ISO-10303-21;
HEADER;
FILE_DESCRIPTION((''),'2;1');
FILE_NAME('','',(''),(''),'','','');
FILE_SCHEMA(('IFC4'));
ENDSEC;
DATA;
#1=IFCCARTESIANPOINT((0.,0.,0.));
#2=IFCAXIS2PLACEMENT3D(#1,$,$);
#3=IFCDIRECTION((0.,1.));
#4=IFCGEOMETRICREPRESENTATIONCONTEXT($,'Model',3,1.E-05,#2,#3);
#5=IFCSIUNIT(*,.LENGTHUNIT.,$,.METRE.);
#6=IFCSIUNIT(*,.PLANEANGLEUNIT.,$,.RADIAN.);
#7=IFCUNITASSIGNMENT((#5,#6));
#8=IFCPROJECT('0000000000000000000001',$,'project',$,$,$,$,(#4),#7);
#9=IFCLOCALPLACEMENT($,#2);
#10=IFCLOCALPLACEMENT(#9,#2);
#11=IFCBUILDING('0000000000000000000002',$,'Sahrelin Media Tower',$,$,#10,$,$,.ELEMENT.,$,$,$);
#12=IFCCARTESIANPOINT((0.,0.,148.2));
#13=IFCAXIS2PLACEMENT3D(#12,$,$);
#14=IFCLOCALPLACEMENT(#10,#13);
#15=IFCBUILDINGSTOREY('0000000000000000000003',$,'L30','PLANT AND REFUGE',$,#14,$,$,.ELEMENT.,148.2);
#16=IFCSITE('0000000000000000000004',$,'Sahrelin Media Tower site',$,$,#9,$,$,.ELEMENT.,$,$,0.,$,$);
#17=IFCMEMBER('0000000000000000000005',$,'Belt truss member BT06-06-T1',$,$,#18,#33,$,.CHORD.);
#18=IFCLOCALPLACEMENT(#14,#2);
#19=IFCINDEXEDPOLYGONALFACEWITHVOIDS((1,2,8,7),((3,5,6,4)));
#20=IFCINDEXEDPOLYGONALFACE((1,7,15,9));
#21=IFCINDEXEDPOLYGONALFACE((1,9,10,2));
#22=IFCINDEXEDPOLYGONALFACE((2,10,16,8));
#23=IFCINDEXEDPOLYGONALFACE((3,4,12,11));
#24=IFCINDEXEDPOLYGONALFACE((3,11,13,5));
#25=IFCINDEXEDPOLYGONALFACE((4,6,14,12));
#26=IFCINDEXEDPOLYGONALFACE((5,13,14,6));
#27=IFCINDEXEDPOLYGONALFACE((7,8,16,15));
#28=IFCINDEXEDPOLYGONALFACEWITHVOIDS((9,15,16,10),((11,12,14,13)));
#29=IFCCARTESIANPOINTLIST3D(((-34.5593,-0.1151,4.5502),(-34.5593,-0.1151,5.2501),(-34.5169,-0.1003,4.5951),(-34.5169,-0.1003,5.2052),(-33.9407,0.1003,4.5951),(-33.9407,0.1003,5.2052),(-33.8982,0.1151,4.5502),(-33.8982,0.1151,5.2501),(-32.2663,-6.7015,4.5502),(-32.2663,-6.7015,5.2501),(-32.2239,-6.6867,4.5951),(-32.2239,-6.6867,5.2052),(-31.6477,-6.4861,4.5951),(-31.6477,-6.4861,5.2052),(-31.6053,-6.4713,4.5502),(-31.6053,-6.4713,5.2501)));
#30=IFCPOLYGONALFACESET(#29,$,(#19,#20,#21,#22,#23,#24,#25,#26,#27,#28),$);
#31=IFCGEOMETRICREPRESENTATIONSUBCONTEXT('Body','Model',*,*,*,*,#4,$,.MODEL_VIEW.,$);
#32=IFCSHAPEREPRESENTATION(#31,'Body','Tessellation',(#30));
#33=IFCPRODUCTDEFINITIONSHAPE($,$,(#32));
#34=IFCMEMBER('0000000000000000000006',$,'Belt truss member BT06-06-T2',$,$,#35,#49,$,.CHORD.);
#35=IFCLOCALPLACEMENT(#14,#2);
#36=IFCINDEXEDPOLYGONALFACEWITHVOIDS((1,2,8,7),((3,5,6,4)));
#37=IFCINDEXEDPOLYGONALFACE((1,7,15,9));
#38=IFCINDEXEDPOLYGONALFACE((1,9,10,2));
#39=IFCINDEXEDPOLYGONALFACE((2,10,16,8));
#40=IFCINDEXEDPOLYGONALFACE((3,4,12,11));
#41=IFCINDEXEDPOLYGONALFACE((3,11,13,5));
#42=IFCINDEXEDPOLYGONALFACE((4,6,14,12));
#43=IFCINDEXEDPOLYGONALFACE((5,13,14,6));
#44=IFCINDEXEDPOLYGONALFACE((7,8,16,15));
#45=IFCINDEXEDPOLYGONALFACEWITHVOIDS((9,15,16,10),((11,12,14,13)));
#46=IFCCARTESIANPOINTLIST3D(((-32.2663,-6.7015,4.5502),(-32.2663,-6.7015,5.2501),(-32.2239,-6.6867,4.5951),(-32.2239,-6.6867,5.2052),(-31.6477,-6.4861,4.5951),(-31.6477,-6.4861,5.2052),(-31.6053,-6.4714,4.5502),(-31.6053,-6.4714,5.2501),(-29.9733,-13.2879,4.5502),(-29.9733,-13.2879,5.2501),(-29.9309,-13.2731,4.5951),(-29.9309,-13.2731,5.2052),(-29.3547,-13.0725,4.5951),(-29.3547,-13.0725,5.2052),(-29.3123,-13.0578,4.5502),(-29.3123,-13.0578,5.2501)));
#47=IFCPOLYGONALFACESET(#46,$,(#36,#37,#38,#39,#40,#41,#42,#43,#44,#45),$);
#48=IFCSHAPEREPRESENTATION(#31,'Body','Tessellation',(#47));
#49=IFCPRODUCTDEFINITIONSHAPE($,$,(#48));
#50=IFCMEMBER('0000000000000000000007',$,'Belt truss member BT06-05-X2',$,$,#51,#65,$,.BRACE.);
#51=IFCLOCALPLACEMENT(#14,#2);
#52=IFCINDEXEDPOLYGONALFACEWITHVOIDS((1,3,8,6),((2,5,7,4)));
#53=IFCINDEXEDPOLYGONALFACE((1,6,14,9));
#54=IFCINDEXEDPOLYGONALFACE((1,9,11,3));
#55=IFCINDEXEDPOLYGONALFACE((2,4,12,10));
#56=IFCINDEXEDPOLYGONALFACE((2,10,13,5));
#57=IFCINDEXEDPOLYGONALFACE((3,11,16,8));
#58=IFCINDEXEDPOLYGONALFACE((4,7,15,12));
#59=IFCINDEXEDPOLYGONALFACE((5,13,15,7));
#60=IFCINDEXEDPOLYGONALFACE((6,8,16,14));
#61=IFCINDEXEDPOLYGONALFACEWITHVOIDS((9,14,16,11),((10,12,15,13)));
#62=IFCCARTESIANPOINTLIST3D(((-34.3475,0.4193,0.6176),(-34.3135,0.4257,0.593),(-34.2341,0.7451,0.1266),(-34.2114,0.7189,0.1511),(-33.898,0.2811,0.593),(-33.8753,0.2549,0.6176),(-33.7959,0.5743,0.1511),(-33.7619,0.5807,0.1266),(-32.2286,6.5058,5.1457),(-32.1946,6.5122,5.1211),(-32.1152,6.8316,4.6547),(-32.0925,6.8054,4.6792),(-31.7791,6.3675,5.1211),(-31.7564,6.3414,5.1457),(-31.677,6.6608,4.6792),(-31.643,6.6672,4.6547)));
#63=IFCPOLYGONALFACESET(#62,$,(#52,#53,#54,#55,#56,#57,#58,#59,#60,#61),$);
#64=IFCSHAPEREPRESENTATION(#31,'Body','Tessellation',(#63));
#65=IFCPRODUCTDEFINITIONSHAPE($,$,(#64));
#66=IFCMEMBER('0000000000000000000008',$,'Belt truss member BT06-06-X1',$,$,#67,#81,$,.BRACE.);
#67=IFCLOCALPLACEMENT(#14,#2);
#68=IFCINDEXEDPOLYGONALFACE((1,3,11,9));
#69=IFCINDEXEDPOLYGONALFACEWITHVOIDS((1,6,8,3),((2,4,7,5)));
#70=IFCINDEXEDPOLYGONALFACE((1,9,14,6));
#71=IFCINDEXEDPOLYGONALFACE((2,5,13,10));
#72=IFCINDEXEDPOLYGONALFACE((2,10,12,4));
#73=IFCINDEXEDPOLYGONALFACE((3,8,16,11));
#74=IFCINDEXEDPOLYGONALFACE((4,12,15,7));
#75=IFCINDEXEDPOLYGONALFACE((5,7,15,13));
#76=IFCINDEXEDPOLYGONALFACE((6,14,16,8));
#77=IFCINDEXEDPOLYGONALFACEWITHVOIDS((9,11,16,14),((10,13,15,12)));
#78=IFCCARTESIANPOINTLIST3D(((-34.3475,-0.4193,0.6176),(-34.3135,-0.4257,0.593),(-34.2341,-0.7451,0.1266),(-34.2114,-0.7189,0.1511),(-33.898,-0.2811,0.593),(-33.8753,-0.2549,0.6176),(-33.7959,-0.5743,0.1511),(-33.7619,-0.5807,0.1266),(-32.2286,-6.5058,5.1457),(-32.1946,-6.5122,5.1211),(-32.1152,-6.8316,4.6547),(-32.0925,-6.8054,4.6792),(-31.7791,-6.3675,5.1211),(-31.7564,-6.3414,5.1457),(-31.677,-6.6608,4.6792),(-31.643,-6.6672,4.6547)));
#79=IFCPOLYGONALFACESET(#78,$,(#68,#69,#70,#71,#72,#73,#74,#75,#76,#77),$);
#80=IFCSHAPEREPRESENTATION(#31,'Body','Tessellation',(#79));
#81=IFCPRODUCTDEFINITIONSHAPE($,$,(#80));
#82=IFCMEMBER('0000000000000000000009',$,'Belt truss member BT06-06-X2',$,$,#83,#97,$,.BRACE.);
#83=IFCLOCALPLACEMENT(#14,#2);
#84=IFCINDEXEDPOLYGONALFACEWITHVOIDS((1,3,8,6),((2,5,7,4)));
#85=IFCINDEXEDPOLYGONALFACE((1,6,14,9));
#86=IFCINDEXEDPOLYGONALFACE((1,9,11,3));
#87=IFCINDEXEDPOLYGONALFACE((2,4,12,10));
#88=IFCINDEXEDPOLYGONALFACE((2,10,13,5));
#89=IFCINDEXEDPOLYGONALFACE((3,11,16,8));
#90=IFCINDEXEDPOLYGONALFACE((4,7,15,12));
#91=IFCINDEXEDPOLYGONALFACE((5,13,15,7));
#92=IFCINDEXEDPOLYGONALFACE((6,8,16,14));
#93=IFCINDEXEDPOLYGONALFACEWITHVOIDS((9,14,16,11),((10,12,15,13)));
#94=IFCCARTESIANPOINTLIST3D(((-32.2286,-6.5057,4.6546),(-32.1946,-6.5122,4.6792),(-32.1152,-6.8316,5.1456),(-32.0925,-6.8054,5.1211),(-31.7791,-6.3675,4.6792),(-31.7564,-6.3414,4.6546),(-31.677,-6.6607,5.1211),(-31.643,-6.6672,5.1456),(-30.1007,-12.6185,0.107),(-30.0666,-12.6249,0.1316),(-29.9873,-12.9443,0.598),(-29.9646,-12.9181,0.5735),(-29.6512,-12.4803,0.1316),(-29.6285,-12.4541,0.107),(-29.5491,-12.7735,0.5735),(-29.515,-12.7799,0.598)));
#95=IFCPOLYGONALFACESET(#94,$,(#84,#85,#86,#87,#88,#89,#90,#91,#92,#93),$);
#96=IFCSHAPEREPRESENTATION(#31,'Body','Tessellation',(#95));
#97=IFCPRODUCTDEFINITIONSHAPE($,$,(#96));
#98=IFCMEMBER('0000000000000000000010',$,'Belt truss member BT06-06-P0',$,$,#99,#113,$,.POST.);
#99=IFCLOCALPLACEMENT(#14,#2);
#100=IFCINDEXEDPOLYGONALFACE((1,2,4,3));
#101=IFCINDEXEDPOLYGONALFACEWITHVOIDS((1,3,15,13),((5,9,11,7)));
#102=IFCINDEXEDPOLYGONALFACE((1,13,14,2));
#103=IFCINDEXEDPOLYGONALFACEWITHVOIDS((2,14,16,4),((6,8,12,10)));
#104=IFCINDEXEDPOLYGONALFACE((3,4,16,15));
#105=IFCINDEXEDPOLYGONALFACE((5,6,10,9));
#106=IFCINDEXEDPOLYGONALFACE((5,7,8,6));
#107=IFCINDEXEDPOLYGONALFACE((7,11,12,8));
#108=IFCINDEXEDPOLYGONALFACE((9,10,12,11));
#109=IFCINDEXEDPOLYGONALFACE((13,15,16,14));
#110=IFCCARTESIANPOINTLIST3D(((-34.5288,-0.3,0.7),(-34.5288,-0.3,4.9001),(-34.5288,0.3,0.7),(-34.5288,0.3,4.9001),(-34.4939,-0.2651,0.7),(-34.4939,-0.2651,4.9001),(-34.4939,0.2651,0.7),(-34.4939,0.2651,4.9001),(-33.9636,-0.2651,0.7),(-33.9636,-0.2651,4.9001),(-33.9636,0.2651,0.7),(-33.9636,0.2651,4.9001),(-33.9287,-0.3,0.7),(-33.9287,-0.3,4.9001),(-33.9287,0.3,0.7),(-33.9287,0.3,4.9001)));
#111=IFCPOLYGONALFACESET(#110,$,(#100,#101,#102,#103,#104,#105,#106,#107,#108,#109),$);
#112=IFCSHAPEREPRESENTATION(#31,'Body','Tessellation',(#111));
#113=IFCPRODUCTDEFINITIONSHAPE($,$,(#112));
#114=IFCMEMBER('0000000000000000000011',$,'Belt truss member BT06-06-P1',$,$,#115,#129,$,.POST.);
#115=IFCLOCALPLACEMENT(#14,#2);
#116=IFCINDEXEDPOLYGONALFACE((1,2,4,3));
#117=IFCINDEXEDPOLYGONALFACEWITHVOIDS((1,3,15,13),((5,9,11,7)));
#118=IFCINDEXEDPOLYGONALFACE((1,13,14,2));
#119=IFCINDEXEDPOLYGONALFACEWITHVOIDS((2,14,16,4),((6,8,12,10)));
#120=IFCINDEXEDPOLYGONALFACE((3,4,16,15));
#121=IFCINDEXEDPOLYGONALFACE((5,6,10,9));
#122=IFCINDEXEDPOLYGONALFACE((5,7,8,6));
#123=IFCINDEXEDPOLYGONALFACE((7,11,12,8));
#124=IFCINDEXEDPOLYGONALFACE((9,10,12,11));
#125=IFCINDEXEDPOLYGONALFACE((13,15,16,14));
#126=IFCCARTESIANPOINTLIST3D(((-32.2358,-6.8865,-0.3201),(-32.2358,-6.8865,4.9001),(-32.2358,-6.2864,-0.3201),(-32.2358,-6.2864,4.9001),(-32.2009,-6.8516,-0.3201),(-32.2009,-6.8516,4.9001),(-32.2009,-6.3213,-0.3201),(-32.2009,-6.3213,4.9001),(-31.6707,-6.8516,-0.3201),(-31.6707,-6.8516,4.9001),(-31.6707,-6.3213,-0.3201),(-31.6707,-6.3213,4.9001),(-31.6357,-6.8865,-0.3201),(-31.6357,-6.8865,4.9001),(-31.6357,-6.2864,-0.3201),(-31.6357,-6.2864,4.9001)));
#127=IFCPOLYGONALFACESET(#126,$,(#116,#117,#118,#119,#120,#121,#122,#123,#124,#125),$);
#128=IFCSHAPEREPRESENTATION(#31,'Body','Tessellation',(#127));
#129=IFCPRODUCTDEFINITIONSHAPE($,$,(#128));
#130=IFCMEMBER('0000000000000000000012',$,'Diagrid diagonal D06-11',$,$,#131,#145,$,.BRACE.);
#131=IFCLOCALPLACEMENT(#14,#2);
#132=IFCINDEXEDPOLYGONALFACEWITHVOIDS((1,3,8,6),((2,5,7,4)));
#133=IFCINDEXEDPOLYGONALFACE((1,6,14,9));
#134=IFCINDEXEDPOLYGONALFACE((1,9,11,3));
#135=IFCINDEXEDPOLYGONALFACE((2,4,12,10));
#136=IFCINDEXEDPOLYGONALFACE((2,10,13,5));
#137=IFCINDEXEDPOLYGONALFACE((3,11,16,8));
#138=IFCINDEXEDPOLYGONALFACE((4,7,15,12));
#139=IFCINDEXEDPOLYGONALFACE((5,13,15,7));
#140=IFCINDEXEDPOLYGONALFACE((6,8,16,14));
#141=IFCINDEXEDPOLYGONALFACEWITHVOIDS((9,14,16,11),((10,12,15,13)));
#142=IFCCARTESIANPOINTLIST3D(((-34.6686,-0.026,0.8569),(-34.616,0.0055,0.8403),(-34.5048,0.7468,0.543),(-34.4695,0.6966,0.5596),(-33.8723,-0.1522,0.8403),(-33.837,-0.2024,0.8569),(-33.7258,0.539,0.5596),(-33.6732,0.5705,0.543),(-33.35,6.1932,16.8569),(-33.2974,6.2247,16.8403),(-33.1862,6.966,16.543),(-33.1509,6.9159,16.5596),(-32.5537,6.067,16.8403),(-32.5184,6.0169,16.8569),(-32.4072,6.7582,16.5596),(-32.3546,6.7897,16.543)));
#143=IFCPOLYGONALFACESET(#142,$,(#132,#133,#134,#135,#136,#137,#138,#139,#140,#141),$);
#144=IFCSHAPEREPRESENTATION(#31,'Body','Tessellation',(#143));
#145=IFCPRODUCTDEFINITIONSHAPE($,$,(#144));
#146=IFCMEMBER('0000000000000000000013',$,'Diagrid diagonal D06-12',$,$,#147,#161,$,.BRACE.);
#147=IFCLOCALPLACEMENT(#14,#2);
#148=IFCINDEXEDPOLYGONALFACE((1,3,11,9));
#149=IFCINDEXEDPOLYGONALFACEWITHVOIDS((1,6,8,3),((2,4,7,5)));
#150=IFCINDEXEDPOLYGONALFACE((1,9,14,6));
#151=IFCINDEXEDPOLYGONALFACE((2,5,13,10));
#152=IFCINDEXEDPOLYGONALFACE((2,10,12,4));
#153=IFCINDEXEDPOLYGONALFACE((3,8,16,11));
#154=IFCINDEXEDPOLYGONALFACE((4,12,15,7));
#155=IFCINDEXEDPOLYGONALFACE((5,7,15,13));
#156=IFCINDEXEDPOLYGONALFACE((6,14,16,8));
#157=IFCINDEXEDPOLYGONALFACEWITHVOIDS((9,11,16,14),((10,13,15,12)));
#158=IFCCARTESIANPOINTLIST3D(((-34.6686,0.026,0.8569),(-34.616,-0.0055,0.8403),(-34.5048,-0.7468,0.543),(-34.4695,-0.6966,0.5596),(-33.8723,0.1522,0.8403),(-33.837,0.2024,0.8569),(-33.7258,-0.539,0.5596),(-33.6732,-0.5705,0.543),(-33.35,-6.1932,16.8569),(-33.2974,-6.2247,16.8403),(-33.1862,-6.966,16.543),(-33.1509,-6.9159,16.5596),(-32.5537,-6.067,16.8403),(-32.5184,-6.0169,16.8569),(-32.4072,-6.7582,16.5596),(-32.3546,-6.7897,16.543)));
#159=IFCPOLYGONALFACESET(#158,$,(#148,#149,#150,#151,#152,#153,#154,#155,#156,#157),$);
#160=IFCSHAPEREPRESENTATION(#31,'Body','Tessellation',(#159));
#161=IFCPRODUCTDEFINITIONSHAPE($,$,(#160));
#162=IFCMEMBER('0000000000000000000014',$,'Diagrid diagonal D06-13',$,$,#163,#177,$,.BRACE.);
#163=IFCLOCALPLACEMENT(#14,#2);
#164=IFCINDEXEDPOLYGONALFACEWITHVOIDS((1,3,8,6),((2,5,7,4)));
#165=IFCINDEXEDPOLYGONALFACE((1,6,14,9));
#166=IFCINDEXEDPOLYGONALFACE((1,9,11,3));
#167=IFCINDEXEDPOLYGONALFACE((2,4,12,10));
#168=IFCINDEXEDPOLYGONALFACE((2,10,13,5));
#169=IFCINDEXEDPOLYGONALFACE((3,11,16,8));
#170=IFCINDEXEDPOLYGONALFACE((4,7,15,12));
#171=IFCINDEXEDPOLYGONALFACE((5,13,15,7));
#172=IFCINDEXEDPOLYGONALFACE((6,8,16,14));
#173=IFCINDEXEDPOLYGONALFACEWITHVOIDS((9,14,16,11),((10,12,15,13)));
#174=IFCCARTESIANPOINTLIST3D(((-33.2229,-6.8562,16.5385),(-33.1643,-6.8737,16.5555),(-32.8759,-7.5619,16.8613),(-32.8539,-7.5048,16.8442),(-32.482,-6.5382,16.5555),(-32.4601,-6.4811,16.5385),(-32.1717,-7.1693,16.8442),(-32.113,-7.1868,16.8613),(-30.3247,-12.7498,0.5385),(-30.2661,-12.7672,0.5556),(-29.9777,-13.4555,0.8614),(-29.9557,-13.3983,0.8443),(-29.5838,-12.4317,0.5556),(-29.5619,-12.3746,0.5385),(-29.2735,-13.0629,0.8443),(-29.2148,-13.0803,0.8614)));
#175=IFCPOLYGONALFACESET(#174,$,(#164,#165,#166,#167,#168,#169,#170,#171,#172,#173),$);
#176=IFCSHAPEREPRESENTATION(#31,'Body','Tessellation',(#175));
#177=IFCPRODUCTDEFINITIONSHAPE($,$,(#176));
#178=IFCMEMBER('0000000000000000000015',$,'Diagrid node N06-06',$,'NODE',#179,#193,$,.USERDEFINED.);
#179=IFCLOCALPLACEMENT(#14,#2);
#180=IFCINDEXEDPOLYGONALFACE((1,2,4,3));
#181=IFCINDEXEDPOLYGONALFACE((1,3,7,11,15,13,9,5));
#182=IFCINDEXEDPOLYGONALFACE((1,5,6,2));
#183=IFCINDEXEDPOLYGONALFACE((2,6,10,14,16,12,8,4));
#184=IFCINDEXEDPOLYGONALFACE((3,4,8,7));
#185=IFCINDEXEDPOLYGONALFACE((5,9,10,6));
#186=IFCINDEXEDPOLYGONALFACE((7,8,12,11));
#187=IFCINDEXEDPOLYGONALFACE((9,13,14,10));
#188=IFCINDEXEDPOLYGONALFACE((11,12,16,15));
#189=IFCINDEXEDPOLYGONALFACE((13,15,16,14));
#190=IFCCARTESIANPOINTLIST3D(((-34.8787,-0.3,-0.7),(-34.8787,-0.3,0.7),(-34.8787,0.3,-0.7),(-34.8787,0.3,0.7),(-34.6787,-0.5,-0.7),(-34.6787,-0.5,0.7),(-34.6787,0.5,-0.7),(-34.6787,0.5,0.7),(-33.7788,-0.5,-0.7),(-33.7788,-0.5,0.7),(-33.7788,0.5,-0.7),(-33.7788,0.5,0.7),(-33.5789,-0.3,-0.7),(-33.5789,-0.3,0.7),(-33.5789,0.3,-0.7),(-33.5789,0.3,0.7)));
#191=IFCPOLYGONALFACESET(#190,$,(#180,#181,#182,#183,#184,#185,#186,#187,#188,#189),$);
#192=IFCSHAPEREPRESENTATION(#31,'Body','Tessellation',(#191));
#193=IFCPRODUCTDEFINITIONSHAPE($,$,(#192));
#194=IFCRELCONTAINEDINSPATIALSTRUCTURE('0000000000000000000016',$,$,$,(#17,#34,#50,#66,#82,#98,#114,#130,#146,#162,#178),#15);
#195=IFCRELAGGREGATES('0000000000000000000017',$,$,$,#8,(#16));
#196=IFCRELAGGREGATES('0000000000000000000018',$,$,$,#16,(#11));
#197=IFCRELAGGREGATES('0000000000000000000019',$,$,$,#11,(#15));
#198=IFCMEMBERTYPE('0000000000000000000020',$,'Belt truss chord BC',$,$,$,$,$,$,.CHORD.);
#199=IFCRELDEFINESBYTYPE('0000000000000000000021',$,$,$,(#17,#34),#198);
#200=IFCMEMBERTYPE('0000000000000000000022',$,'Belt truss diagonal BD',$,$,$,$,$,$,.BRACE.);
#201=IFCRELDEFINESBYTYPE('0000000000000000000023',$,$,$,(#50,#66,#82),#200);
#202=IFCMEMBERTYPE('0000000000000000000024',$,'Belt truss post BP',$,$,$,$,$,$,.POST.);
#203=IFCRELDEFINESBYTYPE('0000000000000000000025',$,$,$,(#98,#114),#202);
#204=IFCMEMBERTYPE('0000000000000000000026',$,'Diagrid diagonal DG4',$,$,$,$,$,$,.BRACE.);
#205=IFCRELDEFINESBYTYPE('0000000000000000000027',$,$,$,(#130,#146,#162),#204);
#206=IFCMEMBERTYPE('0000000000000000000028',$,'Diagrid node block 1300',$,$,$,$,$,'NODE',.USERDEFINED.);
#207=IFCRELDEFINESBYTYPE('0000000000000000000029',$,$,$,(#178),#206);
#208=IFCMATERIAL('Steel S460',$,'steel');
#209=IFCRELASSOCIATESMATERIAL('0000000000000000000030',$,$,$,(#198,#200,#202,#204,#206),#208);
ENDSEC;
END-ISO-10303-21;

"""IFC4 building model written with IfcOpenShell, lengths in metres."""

from ifc_helpers import new_model, si_unit, direction, frame, origin, origin_2d, place, context, subcontext, project, spatial, polyline, hollow_rectangle, outline, extrude, material, material_profile, profile_set, type_object, element, save


model = new_model("IFC4")

# Units and contexts
model_context = context("Model", 3, precision=1e-05, world=origin(), true_north=direction((0.0, 1.0)))
body_context = subcontext(model_context, "Body", "Model", "MODEL_VIEW")
ifc_project = project(units=[si_unit("LENGTHUNIT", "METRE"), si_unit("PLANEANGLEUNIT", "RADIAN")], contexts=[model_context])

# Site, building, storey
site_placement = place(None, origin())
site = spatial("IfcSite", under=ifc_project, at=site_placement, Name="Sahrelin Media Tower site", CompositionType="ELEMENT", RefElevation=0.0)
building_placement = place(site_placement, origin())
building = spatial("IfcBuilding", under=site, at=building_placement, Name="Sahrelin Media Tower", CompositionType="ELEMENT")
storey_placement = place(building_placement, frame((0.0, 0.0, 148.2)))
storey = spatial("IfcBuildingStorey", under=building, at=storey_placement, Name="L30", Description="PLANT AND REFUGE", CompositionType="ELEMENT", Elevation=148.2)

# Members
ifc_material_1 = material(Name="Steel S460", Category="steel")
ifc_material_profile_1 = material_profile(ifc_material_1, hollow_rectangle(XDim=0.7, YDim=0.7, WallThickness=0.0449, at=origin_2d()), Name="Belt truss chord BC")
ifc_profile_set_1 = profile_set([ifc_material_profile_1], Name="Steel S460")
member_type_1 = type_object("IfcMemberType", Name="Belt truss chord BC", PredefinedType="CHORD", material=ifc_profile_set_1)
for number, where, z_axis, x_axis, name in (
    (1, (-34.2288, 0.0, 4.9001), (0.328781, -0.944406, 0.0), (0.944406, 0.328781, 0.0), "Belt truss member BT06-06-T1"),
    (2, (-31.9358, -6.5864, 4.9001), (0.328781, -0.944406, 0.0), (0.944406, 0.328781, 0.0), "Belt truss member BT06-06-T2"),
):
    element("IfcMember", number, at=place(storey_placement, frame(where, z_axis=z_axis, x_axis=x_axis)), inside=storey, type_object=member_type_1, Name=name, PredefinedType="CHORD", context=body_context, shape_type="SweptSolid", body=[
        extrude(hollow_rectangle(XDim=0.7, YDim=0.7, WallThickness=0.0449, at=origin_2d()), origin(), (0.0, 0.0, 1.0), 6.9741),
    ])
ifc_material_profile_2 = material_profile(ifc_material_1, hollow_rectangle(XDim=0.5, YDim=0.6001, WallThickness=0.03, at=origin_2d()), Name="Belt truss diagonal BD")
ifc_profile_set_2 = profile_set([ifc_material_profile_2], Name="Steel S460")
member_type_2 = type_object("IfcMemberType", Name="Belt truss diagonal BD", PredefinedType="BRACE", material=ifc_profile_set_2)
for number, where, z_axis, x_axis, name in (
    (3, (-34.0547, 0.5, 0.3721), (0.269018, 0.772741, 0.574891), (-0.944406, 0.328781, 0.0), "Belt truss member BT06-05-X2"),
    (4, (-34.0547, -0.5, 0.3721), (0.269018, -0.772741, 0.574891), (0.944406, 0.328781, 0.0), "Belt truss member BT06-06-X1"),
):
    element("IfcMember", number, at=place(storey_placement, frame(where, z_axis=z_axis, x_axis=x_axis)), inside=storey, type_object=member_type_2, Name=name, PredefinedType="BRACE", context=body_context, shape_type="SweptSolid", body=[
        extrude(hollow_rectangle(XDim=0.5, YDim=0.6001, WallThickness=0.03, at=origin_2d()), origin(), (0.0, 0.0, 1.0), 7.8765),
    ])
member_1_placement = place(storey_placement, frame((-29.8079, -12.6992, 0.3525), z_axis=(-0.269003, 0.77275, 0.574887), x_axis=(-0.944413, -0.328761, 0.0)))
element("IfcMember", 5, at=member_1_placement, inside=storey, type_object=member_type_2, Name="Belt truss member BT06-06-X2", PredefinedType="BRACE", context=body_context, shape_type="SweptSolid", body=[
    extrude(hollow_rectangle(XDim=0.5, YDim=0.6001, WallThickness=0.03, at=origin_2d()), origin(), (0.0, 0.0, 1.0), 7.9104),
])
ifc_material_profile_3 = material_profile(ifc_material_1, hollow_rectangle(XDim=0.6001, YDim=0.6001, WallThickness=0.0349, at=origin_2d()), Name="Belt truss post BP")
ifc_profile_set_3 = profile_set([ifc_material_profile_3], Name="Steel S460")
member_type_3 = type_object("IfcMemberType", Name="Belt truss post BP", PredefinedType="POST", material=ifc_profile_set_3)
member_2_placement = place(storey_placement, frame((-34.2288, 0.0, 0.7), z_axis=(0.0, 0.0, 1.0), x_axis=(1.0, 0.0, 0.0)))
element("IfcMember", 6, at=member_2_placement, inside=storey, type_object=member_type_3, Name="Belt truss member BT06-06-P0", PredefinedType="POST", context=body_context, shape_type="SweptSolid", body=[
    extrude(hollow_rectangle(XDim=0.6001, YDim=0.6001, WallThickness=0.0349, at=origin_2d()), origin(), (0.0, 0.0, 1.0), 4.2002),
])
member_3_placement = place(storey_placement, frame((-31.9358, -6.5864, -0.3201), z_axis=(0.0, 0.0, 1.0), x_axis=(1.0, 0.0, 0.0)))
element("IfcMember", 7, at=member_3_placement, inside=storey, type_object=member_type_3, Name="Belt truss member BT06-06-P1", PredefinedType="POST", context=body_context, shape_type="SweptSolid", body=[
    extrude(hollow_rectangle(XDim=0.6001, YDim=0.6001, WallThickness=0.0349, at=origin_2d()), origin(), (0.0, 0.0, 1.0), 5.2202),
])
ifc_material_profile_4 = material_profile(ifc_material_1, hollow_rectangle(XDim=0.8501, YDim=0.8501, WallThickness=0.0449, at=origin_2d()), Name="Diagrid diagonal DG4")
ifc_profile_set_4 = profile_set([ifc_material_profile_4], Name="Steel S460")
member_type_4 = type_object("IfcMemberType", Name="Diagrid diagonal DG4", PredefinedType="BRACE", material=ifc_profile_set_4)
for number, where, z_axis, x_axis, name in (
    (8, (-34.1709, 0.2722, 0.7), (0.076588, 0.361231, 0.929326), (-0.978254, 0.20741, 0.0), "Diagrid diagonal D06-11"),
    (9, (-34.1709, -0.2722, 0.7), (0.076588, -0.361231, 0.929326), (0.978254, 0.20741, 0.0), "Diagrid diagonal D06-12"),
):
    element("IfcMember", number, at=place(storey_placement, frame(where, z_axis=z_axis, x_axis=x_axis)), inside=storey, type_object=member_type_4, Name=name, PredefinedType="BRACE", context=body_context, shape_type="SweptSolid", body=[
        extrude(hollow_rectangle(XDim=0.8501, YDim=0.8501, WallThickness=0.0449, at=origin_2d()), origin(), (0.0, 0.0, 1.0), 17.2168),
    ])
member_4_placement = place(storey_placement, frame((-29.7698, -12.915, 0.7), z_axis=(-0.167569, 0.340757, 0.925097), x_axis=(-0.897367, -0.441286, 0.0)))
element("IfcMember", 10, at=member_4_placement, inside=storey, type_object=member_type_4, Name="Diagrid diagonal D06-13", PredefinedType="BRACE", context=body_context, shape_type="SweptSolid", body=[
    extrude(hollow_rectangle(XDim=0.8501, YDim=0.8501, WallThickness=0.0449, at=origin_2d()), origin(), (0.0, 0.0, 1.0), 17.2954),
])
ifc_material_profile_5 = material_profile(ifc_material_1, outline(polyline([(0.45, -0.5), (0.6499, -0.3), (0.6499, 0.3), (0.45, 0.5), (-0.45, 0.5), (-0.6499, 0.3), (-0.6499, -0.3), (-0.45, -0.5), (0.45, -0.5)])), Name="Diagrid node block 1300")
ifc_profile_set_5 = profile_set([ifc_material_profile_5], Name="Steel S460")
member_type_5 = type_object("IfcMemberType", Name="Diagrid node block 1300", ElementType="NODE", PredefinedType="USERDEFINED", material=ifc_profile_set_5)
member_5_placement = place(storey_placement, frame((-34.2288, 0.0, -0.7), z_axis=(0.0, 0.0, 1.0), x_axis=(-1.0, 0.0, 0.0)))
element("IfcMember", 11, at=member_5_placement, inside=storey, type_object=member_type_5, Name="Diagrid node N06-06", ObjectType="NODE", PredefinedType="USERDEFINED", context=body_context, shape_type="SweptSolid", body=[
    extrude(outline(polyline([(0.45, -0.5), (0.6499, -0.3), (0.6499, 0.3), (0.45, 0.5), (-0.45, 0.5), (-0.6499, 0.3), (-0.6499, -0.3), (-0.45, -0.5), (0.45, -0.5)])), origin(), (0.0, 0.0, 1.0), 1.3999),
])

save(model, "model.ifc")
